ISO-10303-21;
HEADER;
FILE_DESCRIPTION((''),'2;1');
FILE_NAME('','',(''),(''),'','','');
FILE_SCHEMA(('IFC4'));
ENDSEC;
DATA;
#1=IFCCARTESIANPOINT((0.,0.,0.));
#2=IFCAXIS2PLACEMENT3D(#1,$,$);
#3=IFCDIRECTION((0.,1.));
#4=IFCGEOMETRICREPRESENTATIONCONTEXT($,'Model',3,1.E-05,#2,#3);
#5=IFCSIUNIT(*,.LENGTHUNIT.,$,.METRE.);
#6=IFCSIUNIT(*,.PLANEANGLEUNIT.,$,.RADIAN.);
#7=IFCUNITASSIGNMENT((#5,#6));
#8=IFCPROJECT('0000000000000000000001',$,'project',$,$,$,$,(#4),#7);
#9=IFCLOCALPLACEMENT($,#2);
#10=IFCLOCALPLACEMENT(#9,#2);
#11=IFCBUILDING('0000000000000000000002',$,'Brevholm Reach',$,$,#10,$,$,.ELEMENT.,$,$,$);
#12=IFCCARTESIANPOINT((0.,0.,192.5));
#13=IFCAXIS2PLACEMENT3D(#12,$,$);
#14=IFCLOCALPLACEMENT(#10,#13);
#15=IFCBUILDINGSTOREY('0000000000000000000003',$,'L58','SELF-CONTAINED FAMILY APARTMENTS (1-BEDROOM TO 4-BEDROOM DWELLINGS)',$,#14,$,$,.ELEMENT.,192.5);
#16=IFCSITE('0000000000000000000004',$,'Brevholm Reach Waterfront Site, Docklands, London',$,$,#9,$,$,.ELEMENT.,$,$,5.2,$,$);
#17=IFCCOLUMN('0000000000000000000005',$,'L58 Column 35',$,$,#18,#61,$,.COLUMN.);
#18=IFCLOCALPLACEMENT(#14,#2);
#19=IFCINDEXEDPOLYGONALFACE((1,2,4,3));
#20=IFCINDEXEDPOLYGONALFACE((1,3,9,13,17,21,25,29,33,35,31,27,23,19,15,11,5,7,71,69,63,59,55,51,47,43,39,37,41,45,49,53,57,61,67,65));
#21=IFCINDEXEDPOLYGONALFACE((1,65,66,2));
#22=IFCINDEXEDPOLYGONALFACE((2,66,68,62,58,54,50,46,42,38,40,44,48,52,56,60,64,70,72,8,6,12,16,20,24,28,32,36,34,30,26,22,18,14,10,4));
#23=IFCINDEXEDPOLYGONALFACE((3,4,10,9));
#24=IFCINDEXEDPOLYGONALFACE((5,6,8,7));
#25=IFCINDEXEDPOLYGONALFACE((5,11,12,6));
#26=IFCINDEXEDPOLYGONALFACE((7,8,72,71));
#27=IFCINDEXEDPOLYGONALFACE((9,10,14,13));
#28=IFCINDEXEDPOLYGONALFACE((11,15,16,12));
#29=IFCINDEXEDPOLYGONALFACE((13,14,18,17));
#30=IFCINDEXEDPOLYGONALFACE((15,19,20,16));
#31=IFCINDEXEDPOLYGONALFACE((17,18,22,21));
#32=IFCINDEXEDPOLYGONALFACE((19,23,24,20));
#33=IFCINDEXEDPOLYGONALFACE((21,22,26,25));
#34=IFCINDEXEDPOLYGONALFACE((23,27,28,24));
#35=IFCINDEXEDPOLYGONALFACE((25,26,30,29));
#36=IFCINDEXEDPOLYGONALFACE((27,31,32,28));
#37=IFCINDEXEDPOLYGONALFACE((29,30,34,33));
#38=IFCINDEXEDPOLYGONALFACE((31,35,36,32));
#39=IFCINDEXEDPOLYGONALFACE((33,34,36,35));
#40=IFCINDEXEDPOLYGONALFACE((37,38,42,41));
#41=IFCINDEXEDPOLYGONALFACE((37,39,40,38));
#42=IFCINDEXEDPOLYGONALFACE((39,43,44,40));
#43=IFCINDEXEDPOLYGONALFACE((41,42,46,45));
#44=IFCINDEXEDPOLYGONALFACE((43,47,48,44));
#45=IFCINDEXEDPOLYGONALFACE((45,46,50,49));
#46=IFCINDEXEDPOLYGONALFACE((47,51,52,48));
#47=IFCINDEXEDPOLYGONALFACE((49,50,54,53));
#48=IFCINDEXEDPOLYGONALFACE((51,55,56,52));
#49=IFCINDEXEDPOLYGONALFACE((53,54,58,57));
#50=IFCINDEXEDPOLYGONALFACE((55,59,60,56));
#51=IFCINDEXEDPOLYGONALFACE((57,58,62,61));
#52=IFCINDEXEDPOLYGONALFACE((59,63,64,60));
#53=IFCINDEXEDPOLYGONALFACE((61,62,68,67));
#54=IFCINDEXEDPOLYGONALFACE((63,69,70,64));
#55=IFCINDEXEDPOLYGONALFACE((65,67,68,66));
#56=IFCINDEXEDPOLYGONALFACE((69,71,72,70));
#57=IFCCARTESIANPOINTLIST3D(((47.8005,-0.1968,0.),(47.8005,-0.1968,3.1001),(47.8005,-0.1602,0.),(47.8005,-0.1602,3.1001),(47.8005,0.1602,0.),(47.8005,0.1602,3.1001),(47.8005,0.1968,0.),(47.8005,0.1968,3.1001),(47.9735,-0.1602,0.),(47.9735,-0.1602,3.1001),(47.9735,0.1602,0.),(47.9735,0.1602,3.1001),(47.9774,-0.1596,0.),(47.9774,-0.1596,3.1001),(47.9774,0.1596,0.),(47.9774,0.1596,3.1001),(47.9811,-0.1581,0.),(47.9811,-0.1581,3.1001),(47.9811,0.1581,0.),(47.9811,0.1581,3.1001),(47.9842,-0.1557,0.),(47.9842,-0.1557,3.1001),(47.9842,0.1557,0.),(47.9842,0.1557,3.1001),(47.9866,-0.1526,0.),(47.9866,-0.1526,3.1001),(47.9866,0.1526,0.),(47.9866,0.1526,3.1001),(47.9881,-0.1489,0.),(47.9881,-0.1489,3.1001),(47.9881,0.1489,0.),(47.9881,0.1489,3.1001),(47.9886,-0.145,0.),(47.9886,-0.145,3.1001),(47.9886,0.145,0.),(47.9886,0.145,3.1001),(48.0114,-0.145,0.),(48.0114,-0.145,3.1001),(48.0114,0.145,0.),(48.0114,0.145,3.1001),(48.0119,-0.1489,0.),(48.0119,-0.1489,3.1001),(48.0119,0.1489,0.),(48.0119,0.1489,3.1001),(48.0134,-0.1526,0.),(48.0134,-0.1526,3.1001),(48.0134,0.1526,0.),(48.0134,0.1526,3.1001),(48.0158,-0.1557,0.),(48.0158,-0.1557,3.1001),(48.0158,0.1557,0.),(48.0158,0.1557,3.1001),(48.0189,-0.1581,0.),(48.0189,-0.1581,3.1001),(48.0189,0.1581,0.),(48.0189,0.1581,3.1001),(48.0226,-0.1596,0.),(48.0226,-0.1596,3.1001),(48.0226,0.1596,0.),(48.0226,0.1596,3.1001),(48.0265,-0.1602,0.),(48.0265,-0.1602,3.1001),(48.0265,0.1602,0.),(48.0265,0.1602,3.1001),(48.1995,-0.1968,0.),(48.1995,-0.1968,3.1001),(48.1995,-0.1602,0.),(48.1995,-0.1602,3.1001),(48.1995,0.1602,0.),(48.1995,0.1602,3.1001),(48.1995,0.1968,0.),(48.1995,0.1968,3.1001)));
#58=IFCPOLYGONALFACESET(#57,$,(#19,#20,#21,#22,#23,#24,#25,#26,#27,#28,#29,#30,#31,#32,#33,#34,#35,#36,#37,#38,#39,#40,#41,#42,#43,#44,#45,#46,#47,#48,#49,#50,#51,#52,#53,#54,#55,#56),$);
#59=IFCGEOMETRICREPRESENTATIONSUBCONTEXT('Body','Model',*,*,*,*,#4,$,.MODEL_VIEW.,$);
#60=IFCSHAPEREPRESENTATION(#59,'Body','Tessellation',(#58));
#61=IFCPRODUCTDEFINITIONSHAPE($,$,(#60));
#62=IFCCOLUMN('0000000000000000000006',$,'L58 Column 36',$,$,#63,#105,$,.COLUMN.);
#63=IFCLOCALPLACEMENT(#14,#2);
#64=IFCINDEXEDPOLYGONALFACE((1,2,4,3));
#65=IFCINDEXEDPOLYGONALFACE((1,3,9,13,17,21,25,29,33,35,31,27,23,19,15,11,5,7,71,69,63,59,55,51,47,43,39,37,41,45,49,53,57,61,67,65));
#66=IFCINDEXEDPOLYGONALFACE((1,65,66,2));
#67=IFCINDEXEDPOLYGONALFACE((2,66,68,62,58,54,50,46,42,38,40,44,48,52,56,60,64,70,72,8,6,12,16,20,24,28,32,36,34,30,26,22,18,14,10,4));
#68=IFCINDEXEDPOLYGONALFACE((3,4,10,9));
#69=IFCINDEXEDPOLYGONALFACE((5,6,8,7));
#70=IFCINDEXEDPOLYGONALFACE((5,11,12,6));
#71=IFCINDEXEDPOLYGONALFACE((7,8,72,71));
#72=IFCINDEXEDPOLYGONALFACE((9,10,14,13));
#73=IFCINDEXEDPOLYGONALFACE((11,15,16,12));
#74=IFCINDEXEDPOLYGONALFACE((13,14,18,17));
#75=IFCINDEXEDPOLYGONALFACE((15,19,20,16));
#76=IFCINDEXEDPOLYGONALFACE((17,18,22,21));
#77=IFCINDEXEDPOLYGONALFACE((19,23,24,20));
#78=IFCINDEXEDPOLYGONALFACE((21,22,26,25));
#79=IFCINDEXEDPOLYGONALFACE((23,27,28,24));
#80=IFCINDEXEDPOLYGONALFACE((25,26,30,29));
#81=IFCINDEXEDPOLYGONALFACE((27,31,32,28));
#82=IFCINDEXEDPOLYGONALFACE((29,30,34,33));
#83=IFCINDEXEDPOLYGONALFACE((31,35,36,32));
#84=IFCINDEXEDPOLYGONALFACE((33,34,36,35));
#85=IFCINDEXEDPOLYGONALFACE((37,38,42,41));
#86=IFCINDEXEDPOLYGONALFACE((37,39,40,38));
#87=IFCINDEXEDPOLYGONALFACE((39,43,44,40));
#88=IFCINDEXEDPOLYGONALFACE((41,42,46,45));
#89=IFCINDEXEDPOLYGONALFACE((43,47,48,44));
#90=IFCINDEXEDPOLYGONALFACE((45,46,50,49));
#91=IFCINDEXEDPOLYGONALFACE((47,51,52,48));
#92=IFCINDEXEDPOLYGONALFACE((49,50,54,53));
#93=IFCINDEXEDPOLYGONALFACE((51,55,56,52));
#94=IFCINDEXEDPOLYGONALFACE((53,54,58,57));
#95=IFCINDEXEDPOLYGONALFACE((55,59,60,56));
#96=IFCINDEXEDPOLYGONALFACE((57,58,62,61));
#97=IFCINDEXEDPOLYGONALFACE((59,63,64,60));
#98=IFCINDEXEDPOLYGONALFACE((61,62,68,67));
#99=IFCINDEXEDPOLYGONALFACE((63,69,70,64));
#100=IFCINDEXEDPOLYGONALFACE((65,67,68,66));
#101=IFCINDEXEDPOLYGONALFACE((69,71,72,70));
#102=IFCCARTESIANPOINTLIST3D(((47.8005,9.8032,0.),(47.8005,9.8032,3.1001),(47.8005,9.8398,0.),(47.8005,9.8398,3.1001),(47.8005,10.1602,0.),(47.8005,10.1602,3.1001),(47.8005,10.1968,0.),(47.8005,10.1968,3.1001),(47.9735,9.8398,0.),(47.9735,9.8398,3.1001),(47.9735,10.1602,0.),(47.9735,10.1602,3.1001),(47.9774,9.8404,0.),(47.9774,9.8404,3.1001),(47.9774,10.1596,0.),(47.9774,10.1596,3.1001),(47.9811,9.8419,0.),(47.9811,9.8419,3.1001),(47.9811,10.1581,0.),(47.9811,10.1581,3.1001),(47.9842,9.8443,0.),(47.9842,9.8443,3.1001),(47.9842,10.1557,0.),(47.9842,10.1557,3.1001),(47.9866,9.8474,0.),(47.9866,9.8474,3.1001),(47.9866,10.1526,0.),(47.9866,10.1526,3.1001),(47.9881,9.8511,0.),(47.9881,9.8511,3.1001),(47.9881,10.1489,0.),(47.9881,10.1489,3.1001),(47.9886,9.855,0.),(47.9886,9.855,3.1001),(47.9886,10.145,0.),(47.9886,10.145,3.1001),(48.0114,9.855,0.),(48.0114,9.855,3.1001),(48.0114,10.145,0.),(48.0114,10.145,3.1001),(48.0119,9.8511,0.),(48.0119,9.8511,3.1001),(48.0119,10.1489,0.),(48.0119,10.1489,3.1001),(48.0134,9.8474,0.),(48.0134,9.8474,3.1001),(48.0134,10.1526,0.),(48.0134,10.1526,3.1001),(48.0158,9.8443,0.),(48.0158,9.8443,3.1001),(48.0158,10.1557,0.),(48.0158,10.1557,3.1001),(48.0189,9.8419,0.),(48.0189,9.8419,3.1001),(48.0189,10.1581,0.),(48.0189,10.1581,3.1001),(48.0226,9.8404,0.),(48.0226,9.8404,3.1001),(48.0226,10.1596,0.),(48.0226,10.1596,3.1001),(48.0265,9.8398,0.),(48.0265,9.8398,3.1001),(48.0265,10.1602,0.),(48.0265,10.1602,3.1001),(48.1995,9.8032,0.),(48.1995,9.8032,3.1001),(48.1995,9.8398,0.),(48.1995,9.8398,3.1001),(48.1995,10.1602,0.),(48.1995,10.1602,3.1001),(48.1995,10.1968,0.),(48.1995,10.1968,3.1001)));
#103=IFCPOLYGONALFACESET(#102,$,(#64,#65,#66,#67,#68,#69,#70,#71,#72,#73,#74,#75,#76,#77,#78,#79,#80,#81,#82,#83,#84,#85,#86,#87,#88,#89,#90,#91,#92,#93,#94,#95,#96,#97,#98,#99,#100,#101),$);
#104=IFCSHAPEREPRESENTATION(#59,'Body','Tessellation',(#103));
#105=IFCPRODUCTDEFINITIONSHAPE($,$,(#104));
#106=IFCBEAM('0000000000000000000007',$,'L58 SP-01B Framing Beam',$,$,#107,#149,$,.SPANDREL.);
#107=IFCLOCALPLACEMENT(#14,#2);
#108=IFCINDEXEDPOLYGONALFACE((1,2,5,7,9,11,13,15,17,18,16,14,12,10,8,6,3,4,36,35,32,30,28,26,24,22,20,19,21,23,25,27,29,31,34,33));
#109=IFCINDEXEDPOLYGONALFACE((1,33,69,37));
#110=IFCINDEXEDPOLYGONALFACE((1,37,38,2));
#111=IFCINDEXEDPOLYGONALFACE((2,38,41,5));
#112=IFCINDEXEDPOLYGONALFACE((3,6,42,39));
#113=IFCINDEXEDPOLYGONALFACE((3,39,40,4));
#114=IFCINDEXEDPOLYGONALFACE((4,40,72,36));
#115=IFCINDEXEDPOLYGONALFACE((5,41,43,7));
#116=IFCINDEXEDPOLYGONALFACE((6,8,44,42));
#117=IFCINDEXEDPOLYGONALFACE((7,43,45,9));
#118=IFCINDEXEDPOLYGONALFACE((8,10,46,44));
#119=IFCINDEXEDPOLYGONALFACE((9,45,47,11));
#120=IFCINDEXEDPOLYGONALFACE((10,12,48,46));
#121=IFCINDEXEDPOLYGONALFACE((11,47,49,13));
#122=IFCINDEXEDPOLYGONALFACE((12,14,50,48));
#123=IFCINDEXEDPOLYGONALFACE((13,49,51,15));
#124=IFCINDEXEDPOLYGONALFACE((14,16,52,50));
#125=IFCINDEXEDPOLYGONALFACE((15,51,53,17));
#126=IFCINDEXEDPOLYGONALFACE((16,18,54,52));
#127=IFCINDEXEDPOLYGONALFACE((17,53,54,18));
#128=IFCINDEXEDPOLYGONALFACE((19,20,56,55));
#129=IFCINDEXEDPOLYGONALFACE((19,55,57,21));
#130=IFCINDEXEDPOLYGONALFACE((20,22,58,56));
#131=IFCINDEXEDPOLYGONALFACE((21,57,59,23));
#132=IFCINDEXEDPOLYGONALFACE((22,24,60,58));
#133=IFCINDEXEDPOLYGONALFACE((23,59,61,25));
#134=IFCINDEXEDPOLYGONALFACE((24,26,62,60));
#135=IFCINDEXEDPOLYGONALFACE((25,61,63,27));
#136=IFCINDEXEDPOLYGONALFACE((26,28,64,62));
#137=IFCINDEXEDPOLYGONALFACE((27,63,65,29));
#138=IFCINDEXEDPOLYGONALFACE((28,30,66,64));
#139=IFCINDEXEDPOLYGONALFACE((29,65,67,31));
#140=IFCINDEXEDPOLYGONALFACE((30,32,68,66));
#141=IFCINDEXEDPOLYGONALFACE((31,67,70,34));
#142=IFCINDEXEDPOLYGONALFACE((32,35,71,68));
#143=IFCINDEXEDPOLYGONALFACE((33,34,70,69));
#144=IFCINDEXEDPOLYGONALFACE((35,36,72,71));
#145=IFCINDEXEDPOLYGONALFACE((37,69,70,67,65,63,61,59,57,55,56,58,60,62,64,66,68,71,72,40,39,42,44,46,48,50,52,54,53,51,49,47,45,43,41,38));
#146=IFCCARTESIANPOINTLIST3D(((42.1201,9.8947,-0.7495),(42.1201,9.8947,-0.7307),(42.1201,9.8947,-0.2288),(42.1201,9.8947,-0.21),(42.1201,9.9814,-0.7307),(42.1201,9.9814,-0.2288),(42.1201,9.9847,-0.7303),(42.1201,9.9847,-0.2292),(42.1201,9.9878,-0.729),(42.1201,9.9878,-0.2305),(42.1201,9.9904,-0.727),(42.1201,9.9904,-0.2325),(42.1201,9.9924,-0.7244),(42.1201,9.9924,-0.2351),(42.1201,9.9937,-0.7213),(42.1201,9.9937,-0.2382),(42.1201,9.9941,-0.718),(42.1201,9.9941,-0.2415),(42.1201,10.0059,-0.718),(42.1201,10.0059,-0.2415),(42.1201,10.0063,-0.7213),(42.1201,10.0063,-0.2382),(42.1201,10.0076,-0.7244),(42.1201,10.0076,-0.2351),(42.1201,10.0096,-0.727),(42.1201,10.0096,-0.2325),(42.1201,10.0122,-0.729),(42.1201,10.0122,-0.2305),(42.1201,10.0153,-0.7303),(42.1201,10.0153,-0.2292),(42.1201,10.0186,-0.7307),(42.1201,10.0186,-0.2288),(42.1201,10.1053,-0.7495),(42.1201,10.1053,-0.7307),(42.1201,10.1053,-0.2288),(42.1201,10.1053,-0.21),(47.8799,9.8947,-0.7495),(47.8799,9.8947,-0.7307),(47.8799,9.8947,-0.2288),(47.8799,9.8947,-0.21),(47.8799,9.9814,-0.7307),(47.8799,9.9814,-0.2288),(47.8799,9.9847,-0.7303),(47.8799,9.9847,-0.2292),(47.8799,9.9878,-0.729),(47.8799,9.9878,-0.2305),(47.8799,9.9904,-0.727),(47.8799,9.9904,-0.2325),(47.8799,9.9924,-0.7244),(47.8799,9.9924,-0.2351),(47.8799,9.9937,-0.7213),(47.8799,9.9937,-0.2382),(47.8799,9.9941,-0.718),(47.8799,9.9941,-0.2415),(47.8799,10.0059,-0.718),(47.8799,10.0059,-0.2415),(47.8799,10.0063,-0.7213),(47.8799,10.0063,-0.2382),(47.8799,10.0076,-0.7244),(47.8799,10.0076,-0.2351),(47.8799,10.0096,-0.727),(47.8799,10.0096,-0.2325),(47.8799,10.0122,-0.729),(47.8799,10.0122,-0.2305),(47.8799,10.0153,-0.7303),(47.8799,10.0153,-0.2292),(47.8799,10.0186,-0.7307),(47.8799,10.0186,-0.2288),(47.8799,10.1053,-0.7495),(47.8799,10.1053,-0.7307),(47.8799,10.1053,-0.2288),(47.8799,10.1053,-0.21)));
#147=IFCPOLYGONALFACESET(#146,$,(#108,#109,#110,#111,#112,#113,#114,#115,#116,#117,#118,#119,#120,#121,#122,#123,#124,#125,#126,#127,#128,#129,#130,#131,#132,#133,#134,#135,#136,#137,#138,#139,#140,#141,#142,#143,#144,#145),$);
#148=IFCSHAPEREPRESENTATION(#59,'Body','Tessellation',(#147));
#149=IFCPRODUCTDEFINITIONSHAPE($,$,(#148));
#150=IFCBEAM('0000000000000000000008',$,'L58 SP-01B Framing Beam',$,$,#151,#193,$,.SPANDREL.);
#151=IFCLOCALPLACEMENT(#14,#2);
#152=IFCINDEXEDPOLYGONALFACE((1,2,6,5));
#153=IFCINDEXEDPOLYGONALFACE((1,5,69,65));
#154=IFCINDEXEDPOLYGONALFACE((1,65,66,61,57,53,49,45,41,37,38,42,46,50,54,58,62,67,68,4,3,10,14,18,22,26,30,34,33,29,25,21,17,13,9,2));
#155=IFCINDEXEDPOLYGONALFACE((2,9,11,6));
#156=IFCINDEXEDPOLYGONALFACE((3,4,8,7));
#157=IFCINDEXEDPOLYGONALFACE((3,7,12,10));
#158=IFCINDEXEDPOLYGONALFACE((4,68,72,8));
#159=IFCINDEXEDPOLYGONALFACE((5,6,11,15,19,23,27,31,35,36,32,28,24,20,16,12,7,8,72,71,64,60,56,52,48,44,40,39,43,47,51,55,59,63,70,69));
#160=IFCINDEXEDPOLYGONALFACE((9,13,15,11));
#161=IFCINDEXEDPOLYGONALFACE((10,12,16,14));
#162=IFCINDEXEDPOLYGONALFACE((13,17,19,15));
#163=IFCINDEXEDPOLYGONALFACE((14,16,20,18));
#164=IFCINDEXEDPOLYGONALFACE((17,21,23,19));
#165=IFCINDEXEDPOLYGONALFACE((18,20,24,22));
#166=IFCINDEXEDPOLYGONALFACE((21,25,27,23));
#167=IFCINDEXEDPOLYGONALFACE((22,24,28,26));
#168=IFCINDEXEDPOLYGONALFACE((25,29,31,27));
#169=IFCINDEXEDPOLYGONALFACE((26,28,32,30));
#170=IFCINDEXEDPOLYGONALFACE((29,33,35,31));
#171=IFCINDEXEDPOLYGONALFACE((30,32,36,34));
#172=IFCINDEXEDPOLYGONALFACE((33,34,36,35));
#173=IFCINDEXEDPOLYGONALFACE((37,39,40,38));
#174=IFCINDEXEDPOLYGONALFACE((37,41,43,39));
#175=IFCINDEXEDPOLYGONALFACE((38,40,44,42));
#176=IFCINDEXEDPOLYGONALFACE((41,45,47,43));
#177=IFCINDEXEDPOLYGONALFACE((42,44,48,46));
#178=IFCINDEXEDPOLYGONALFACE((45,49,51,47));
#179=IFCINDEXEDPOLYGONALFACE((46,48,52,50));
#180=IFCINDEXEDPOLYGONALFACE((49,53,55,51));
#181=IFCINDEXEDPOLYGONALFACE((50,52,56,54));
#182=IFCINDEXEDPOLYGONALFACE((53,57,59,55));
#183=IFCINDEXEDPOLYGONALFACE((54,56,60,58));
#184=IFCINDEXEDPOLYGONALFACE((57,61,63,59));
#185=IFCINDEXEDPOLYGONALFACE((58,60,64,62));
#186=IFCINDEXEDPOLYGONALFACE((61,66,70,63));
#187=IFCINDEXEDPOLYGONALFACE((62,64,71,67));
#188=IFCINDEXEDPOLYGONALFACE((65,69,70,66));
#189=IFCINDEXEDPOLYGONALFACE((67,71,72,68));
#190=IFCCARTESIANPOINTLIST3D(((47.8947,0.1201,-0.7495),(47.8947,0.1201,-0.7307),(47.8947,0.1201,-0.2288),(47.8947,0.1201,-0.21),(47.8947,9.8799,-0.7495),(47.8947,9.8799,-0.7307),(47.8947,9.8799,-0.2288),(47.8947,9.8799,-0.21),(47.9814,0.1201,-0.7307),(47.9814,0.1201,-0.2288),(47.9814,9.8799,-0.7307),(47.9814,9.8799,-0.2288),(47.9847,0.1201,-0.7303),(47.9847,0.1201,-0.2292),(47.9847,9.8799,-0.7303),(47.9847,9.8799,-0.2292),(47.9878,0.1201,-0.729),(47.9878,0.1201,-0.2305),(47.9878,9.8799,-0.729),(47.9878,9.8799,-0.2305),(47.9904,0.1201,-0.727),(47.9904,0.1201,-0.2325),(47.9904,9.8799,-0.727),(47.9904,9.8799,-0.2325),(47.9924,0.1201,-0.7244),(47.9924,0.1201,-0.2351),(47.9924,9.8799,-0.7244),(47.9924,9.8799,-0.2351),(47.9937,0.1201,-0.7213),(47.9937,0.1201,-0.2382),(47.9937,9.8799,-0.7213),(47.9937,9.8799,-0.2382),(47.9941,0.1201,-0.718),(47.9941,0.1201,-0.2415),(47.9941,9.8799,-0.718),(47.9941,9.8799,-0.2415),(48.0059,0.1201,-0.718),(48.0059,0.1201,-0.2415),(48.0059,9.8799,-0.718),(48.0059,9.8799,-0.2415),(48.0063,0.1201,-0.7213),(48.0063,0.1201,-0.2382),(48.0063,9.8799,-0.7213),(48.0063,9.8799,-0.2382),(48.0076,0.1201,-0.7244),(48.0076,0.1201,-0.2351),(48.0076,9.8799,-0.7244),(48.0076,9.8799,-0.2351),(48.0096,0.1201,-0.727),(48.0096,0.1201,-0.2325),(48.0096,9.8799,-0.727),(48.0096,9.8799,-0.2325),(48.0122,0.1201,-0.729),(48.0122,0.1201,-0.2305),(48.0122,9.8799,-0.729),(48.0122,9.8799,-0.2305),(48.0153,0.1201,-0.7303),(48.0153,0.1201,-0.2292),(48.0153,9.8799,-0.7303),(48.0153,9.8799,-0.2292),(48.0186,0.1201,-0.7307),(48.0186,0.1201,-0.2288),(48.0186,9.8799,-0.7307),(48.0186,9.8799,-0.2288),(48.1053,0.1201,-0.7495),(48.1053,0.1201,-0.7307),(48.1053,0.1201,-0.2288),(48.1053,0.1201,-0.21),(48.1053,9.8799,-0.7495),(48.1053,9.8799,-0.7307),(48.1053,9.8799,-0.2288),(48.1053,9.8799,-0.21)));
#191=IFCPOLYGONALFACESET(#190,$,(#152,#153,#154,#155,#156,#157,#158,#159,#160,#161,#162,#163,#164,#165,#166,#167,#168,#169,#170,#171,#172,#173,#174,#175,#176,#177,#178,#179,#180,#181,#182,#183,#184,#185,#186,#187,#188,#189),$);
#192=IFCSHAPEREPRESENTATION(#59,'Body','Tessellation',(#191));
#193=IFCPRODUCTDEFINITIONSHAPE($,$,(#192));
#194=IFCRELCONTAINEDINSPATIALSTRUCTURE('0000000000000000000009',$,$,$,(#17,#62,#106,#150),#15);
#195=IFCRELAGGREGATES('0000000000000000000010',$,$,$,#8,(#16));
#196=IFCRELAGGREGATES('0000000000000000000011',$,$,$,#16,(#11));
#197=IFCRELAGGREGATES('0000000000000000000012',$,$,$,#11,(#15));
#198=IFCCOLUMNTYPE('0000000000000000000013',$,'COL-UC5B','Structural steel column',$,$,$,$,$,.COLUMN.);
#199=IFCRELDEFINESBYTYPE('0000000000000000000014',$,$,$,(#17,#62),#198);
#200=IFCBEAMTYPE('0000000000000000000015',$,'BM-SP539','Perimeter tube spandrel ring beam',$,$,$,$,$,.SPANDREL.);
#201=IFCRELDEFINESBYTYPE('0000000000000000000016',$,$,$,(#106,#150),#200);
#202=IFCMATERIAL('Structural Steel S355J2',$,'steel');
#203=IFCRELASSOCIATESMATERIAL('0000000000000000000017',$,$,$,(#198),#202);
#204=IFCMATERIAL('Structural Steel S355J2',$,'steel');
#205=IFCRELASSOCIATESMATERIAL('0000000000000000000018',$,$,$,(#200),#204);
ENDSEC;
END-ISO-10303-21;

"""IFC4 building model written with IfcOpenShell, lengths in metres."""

from ifc_helpers import new_model, si_unit, direction, frame, origin, origin_2d, place, context, subcontext, project, spatial, i_section, extrude, material, material_profile, profile_set, type_object, element, save


model = new_model("IFC4")

# Units and contexts
model_context = context("Model", 3, precision=1e-05, world=origin(), true_north=direction((0.0, 1.0)))
body_context = subcontext(model_context, "Body", "Model", "MODEL_VIEW")
ifc_project = project(units=[si_unit("LENGTHUNIT", "METRE"), si_unit("PLANEANGLEUNIT", "RADIAN")], contexts=[model_context])

# Site, building, storey
site_placement = place(None, origin())
site = spatial("IfcSite", under=ifc_project, at=site_placement, Name="Brevholm Reach Waterfront Site, Docklands, London", CompositionType="ELEMENT", RefElevation=5.2)
building_placement = place(site_placement, origin())
building = spatial("IfcBuilding", under=site, at=building_placement, Name="Brevholm Reach", CompositionType="ELEMENT")
storey_placement = place(building_placement, frame((0.0, 0.0, 192.5)))
storey = spatial("IfcBuildingStorey", under=building, at=storey_placement, Name="L58", Description="SELF-CONTAINED FAMILY APARTMENTS (1-BEDROOM TO 4-BEDROOM DWELLINGS)", CompositionType="ELEMENT", Elevation=192.5)

# Columns
ifc_material_1 = material(Name="Structural Steel S355J2", Category="steel")
ifc_material_profile_1 = material_profile(ifc_material_1, i_section(OverallWidth=0.3989, OverallDepth=0.3936, WebThickness=0.0227, FlangeThickness=0.0366, FilletRadius=0.0151, at=origin_2d()), Name="UKC 356x406x287")
ifc_profile_set_1 = profile_set([ifc_material_profile_1], Name="Structural Steel S355J2")
column_type = type_object("IfcColumnType", Name="COL-UC5B", Description="Structural steel column", PredefinedType="COLUMN", material=ifc_profile_set_1)
for number, where, z_axis, x_axis, name in (
    (1, (48.0, 0.0, 0.0), (0.0, 0.0, 1.0), (1.0, 0.0, 0.0), "L58 Column 35"),
    (2, (48.0, 10.0, 0.0), (0.0, 0.0, 1.0), (1.0, 0.0, 0.0), "L58 Column 36"),
):
    element("IfcColumn", number, at=place(storey_placement, frame(where, z_axis=z_axis, x_axis=x_axis)), inside=storey, type_object=column_type, Name=name, PredefinedType="COLUMN", context=body_context, shape_type="SweptSolid", body=[
        extrude(i_section(OverallWidth=0.3989, OverallDepth=0.3936, WebThickness=0.0227, FlangeThickness=0.0366, FilletRadius=0.0151, at=origin_2d()), origin(), (0.0, 0.0, 1.0), 3.1001),
    ])

# Beams
ifc_material_2 = material(Name="Structural Steel S355J2", Category="steel")
ifc_material_profile_2 = material_profile(ifc_material_2, i_section(OverallWidth=0.2107, OverallDepth=0.5396, WebThickness=0.0117, FlangeThickness=0.0188, FilletRadius=0.0127, at=origin_2d()), Name="UKB 533x210x109")
ifc_profile_set_2 = profile_set([ifc_material_profile_2], Name="Structural Steel S355J2")
beam_type = type_object("IfcBeamType", Name="BM-SP539", Description="Perimeter tube spandrel ring beam", PredefinedType="SPANDREL", material=ifc_profile_set_2)
beam_1_placement = place(storey_placement, frame((42.1201, 10.0, -0.4797), z_axis=(1.0, 0.0, 0.0), x_axis=(0.0, 1.0, 0.0)))
element("IfcBeam", 3, at=beam_1_placement, inside=storey, type_object=beam_type, Name="L58 SP-01B Framing Beam", PredefinedType="SPANDREL", context=body_context, shape_type="SweptSolid", body=[
    extrude(i_section(OverallWidth=0.2107, OverallDepth=0.5396, WebThickness=0.0117, FlangeThickness=0.0188, FilletRadius=0.0127, at=origin_2d()), origin(), (0.0, 0.0, 1.0), 5.7598),
])
beam_2_placement = place(storey_placement, frame((48.0, 0.1201, -0.4797), z_axis=(0.0, 1.0, 0.0), x_axis=(-1.0, 0.0, 0.0)))
element("IfcBeam", 4, at=beam_2_placement, inside=storey, type_object=beam_type, Name="L58 SP-01B Framing Beam", PredefinedType="SPANDREL", context=body_context, shape_type="SweptSolid", body=[
    extrude(i_section(OverallWidth=0.2107, OverallDepth=0.5396, WebThickness=0.0117, FlangeThickness=0.0188, FilletRadius=0.0127, at=origin_2d()), origin(), (0.0, 0.0, 1.0), 9.7598),
])

save(model, "model.ifc")
